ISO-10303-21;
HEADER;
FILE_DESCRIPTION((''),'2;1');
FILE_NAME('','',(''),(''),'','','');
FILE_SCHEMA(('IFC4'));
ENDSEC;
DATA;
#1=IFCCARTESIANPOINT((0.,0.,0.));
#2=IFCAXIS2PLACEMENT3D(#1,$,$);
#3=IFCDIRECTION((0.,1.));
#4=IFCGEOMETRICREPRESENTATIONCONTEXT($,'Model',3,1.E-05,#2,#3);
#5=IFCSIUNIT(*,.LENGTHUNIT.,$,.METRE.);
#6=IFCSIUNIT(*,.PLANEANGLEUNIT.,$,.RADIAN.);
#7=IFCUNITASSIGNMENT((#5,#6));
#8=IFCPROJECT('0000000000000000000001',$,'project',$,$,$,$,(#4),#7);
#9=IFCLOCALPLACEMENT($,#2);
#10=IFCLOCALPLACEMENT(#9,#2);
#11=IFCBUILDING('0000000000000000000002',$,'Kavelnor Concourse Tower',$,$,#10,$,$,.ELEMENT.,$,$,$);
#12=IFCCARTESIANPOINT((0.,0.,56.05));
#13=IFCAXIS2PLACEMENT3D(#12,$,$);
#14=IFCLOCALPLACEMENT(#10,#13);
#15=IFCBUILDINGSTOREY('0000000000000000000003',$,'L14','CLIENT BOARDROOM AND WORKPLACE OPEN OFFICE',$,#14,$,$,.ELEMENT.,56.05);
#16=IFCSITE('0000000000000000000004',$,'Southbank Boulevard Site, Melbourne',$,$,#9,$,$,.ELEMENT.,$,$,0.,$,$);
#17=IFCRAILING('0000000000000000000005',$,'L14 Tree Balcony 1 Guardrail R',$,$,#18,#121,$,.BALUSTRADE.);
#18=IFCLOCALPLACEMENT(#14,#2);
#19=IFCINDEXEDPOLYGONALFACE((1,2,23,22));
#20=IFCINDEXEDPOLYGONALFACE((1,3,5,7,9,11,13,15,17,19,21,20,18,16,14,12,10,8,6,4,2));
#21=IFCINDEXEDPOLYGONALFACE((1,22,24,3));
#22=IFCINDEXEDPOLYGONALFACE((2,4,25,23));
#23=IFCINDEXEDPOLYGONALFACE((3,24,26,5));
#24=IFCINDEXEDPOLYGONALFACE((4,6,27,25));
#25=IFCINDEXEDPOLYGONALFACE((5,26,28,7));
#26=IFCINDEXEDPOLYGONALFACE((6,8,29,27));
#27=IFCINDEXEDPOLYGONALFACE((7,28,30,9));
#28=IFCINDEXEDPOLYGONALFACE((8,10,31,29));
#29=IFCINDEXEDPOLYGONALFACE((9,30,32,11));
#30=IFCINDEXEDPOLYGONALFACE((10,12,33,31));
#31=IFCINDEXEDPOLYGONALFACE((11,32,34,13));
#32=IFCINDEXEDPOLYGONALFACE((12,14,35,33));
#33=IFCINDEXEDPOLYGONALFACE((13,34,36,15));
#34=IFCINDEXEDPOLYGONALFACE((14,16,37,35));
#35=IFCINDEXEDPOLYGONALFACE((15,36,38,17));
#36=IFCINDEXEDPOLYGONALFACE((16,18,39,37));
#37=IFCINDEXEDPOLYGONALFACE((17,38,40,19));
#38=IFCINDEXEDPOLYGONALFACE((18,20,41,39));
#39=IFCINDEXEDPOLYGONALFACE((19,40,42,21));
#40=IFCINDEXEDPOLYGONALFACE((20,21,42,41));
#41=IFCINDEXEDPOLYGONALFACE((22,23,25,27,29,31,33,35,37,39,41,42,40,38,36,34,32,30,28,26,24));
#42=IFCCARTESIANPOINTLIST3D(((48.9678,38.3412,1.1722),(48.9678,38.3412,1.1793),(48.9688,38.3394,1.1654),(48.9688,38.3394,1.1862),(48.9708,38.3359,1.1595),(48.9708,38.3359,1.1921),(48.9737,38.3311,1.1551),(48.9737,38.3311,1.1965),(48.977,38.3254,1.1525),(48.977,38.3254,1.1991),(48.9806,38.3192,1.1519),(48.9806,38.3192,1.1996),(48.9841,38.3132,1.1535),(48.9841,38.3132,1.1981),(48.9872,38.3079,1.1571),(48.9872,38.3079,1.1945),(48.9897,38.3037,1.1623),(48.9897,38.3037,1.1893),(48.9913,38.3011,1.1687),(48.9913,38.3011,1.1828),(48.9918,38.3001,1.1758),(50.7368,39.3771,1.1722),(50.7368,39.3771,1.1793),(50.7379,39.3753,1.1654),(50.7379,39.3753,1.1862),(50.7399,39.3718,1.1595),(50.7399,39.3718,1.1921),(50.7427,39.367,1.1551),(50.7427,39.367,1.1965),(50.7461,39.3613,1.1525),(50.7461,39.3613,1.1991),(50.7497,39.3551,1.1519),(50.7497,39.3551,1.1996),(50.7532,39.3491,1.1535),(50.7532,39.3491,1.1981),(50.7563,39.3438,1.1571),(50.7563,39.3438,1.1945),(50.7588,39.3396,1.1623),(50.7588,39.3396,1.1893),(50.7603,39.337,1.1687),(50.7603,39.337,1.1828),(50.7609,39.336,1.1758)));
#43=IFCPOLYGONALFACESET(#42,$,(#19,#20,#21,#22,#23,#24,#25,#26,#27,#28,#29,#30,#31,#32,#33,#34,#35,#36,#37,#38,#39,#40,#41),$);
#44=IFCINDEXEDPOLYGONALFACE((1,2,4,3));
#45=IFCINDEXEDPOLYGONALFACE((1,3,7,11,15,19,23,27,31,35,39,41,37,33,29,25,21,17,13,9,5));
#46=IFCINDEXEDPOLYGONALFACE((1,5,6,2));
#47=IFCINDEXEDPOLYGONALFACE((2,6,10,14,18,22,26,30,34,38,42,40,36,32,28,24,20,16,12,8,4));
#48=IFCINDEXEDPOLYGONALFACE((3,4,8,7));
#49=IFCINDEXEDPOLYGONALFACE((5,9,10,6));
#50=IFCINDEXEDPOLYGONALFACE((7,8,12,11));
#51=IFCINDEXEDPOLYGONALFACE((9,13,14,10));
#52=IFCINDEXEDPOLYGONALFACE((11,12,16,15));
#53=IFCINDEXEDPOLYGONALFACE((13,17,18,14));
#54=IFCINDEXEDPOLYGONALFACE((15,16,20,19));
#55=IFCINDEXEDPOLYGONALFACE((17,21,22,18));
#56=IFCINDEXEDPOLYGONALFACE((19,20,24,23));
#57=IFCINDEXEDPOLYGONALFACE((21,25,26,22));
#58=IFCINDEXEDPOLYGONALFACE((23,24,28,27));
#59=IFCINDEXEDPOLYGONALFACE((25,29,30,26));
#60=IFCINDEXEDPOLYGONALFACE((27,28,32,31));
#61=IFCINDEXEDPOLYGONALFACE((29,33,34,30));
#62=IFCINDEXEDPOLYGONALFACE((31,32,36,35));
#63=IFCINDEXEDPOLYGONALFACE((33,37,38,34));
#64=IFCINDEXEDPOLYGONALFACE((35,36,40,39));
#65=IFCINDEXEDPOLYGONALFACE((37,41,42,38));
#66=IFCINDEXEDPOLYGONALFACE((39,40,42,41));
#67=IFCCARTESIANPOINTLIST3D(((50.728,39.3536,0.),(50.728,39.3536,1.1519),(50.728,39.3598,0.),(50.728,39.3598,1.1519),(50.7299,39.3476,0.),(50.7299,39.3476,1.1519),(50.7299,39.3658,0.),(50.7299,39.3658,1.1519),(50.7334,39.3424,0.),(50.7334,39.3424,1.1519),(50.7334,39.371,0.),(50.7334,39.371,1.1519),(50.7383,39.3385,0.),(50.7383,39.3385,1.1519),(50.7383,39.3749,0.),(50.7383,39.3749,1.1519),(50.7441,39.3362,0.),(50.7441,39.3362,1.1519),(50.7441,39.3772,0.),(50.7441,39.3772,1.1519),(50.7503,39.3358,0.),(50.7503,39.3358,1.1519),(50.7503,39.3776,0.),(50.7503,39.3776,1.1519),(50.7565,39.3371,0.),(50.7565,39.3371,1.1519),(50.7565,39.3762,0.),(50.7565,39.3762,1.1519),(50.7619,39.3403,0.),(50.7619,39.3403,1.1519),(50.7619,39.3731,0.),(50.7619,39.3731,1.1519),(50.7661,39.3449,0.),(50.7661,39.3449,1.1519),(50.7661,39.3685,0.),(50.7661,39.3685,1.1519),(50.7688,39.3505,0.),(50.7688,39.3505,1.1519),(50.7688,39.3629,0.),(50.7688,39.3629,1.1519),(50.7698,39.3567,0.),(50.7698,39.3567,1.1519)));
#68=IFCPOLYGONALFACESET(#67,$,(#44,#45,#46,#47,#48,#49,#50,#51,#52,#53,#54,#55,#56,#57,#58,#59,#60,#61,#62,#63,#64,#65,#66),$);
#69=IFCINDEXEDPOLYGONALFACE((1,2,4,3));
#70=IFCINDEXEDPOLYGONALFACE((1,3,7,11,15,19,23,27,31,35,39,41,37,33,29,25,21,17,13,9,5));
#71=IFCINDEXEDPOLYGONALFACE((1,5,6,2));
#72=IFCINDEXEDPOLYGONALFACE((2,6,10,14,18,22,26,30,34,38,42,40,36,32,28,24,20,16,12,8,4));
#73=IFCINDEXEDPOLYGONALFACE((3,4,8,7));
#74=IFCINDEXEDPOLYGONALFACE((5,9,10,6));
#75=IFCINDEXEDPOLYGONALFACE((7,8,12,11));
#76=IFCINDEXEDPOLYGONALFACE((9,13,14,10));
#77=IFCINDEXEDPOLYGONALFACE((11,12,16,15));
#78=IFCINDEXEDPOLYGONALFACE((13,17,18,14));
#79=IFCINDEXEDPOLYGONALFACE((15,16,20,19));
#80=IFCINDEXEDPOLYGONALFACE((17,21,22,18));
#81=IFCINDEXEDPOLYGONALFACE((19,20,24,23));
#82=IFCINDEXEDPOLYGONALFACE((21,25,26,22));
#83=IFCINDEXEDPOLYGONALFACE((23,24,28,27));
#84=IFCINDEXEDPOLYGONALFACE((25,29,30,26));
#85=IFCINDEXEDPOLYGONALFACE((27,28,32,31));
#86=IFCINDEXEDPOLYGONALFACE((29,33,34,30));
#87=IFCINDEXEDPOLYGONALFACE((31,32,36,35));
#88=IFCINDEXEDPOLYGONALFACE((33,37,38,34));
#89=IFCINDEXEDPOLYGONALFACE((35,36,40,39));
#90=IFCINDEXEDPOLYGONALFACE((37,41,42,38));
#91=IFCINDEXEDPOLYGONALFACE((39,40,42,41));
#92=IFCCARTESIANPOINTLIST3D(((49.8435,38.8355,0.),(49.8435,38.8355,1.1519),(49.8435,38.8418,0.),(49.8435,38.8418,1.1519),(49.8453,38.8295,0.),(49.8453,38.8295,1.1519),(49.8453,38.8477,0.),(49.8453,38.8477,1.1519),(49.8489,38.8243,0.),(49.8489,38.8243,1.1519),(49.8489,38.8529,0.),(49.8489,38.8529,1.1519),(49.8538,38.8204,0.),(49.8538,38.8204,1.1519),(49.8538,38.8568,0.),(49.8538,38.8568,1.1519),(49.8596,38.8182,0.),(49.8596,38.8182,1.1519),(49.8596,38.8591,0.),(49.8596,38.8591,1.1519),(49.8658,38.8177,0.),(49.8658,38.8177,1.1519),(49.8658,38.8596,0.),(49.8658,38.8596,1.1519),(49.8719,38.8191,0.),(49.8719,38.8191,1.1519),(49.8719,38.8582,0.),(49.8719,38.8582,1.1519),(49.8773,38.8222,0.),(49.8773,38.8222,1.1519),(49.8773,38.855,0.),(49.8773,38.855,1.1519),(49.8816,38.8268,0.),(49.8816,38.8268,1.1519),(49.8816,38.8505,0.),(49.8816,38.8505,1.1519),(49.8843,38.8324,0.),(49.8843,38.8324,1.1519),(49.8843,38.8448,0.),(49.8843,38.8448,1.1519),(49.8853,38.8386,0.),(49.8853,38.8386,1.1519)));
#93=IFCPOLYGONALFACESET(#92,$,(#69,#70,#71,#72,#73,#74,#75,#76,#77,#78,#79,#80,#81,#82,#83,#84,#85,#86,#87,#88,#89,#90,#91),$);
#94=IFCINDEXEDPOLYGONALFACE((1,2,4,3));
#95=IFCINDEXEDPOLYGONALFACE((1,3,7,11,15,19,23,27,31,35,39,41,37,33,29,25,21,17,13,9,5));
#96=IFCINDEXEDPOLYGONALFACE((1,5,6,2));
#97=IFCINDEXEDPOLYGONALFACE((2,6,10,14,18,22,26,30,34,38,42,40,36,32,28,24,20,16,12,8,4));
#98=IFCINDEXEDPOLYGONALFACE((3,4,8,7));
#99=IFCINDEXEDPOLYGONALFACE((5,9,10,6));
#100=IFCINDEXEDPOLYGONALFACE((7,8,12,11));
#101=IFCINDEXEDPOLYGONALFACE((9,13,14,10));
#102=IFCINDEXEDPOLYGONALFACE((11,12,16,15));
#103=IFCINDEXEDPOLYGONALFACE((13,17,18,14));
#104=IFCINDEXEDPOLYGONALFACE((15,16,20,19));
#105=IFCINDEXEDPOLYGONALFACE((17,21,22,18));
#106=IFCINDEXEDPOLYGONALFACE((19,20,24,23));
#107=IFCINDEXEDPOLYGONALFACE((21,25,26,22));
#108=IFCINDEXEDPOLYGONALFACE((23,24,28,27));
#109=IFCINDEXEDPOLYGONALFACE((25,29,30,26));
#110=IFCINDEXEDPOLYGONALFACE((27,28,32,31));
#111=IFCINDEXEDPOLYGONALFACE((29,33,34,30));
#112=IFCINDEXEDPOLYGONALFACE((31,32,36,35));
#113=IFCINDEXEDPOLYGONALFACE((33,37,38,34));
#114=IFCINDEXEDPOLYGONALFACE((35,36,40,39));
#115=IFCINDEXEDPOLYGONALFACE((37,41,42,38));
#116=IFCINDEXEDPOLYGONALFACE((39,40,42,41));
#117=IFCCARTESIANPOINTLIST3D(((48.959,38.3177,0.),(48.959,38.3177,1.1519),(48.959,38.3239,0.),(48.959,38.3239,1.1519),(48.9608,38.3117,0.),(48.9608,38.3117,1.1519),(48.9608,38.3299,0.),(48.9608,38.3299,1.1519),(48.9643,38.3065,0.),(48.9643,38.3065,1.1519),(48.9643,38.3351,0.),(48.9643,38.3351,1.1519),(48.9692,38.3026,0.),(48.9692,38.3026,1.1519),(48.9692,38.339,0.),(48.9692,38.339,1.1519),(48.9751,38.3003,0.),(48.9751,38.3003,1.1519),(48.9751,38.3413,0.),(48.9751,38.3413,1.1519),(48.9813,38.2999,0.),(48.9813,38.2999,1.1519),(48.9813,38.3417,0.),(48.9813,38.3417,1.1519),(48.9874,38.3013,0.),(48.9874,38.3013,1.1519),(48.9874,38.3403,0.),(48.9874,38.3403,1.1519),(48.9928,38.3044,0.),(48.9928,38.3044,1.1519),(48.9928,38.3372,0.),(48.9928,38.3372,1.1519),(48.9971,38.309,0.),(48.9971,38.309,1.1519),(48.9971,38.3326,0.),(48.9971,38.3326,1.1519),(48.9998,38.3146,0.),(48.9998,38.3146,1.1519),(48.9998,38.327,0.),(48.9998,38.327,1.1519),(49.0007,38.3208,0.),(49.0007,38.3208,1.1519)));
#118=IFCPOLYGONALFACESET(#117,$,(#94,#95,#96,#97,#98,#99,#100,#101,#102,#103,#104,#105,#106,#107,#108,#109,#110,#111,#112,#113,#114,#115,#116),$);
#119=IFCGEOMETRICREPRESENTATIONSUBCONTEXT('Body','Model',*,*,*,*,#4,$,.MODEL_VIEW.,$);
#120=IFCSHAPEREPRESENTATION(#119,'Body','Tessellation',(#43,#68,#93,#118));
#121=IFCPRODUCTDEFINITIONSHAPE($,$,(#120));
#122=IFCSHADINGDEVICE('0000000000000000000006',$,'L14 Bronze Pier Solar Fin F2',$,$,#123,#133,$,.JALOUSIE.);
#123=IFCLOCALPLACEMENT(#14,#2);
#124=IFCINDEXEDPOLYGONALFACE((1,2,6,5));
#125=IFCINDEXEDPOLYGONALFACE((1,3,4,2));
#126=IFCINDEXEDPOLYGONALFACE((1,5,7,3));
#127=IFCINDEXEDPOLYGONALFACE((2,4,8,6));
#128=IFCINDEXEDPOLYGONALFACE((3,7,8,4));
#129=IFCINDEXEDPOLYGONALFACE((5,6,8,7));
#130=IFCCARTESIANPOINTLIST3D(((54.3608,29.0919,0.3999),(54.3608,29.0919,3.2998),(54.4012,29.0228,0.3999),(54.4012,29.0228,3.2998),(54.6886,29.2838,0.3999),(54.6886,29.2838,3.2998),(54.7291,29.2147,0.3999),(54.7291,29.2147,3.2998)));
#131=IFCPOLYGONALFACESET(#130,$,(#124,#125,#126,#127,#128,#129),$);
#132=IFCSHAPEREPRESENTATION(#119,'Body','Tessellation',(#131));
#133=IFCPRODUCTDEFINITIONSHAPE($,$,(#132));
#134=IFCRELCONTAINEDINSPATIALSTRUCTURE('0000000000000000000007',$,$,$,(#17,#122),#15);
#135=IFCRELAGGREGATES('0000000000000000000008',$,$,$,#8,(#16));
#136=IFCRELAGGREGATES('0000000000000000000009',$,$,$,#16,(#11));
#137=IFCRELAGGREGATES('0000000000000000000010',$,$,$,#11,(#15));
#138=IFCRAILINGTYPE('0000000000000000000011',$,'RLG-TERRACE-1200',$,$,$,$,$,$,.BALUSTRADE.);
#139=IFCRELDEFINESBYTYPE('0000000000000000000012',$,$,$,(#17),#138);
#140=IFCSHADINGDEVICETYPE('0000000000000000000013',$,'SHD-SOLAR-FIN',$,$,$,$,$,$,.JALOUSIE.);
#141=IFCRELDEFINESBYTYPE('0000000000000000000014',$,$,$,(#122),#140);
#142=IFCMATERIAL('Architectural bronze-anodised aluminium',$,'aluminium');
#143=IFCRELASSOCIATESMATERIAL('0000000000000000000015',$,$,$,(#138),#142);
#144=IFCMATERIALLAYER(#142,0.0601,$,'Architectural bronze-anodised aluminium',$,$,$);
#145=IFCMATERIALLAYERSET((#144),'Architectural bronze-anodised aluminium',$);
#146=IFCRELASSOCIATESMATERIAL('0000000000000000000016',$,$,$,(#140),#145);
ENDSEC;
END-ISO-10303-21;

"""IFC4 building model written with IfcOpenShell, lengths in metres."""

from ifc_helpers import new_model, si_unit, direction, frame, origin, origin_2d, place, context, subcontext, project, spatial, rectangle, circle, extrude, material, layer, layer_set, type_object, element, save


model = new_model("IFC4")

# Units and contexts
model_context = context("Model", 3, precision=1e-05, world=origin(), true_north=direction((0.0, 1.0)))
body_context = subcontext(model_context, "Body", "Model", "MODEL_VIEW")
ifc_project = project(units=[si_unit("LENGTHUNIT", "METRE"), si_unit("PLANEANGLEUNIT", "RADIAN")], contexts=[model_context])

# Site, building, storey
site_placement = place(None, origin())
site = spatial("IfcSite", under=ifc_project, at=site_placement, Name="Southbank Boulevard Site, Melbourne", CompositionType="ELEMENT", RefElevation=0.0)
building_placement = place(site_placement, origin())
building = spatial("IfcBuilding", under=site, at=building_placement, Name="Kavelnor Concourse Tower", CompositionType="ELEMENT")
storey_placement = place(building_placement, frame((0.0, 0.0, 56.05)))
storey = spatial("IfcBuildingStorey", under=building, at=storey_placement, Name="L14", Description="CLIENT BOARDROOM AND WORKPLACE OPEN OFFICE", CompositionType="ELEMENT", Elevation=56.05)

# Railing
ifc_material_1 = material(Name="Architectural bronze-anodised aluminium", Category="aluminium")
railing_type = type_object("IfcRailingType", Name="RLG-TERRACE-1200", PredefinedType="BALUSTRADE", material=ifc_material_1)
railing_1_placement = place(storey_placement, frame((50.7488, 39.3567, 0.0)))
element("IfcRailing", 1, at=railing_1_placement, inside=storey, type_object=railing_type, Name="L14 Tree Balcony 1 Guardrail R", PredefinedType="BALUSTRADE", context=body_context, shape_type="SweptSolid", body=[
    extrude(circle(Radius=0.0239, at=origin_2d()), frame((0.0, 0.0, 1.1758), z_axis=(-0.86294, -0.505307, 0.0), x_axis=(0.505307, -0.86294, 0.0)), (0.0, 0.0, 1.0), 2.05),
    extrude(circle(Radius=0.021, at=origin_2d()), origin(), (0.0, 0.0, 1.0), 1.1519),
    extrude(circle(Radius=0.021, at=origin_2d()), frame((-0.8845, -0.5181, 0.0)), (0.0, 0.0, 1.0), 1.1519),
    extrude(circle(Radius=0.021, at=origin_2d()), frame((-1.769, -1.0359, 0.0)), (0.0, 0.0, 1.0), 1.1519),
])

# Shading device
ifc_layer_1 = layer(ifc_material_1, 0.0601, Name="Architectural bronze-anodised aluminium")
ifc_layer_set_1 = layer_set([ifc_layer_1], Name="Architectural bronze-anodised aluminium")
shading_device_type = type_object("IfcShadingDeviceType", Name="SHD-SOLAR-FIN", PredefinedType="JALOUSIE", material=ifc_layer_set_1)
shading_device_placement = place(storey_placement, frame((54.5449, 29.1533, 0.3999), z_axis=(0.0, 0.0, 1.0), x_axis=(0.862955, 0.505281, 0.0)))
element("IfcShadingDevice", 2, at=shading_device_placement, inside=storey, type_object=shading_device_type, Name="L14 Bronze Pier Solar Fin F2", PredefinedType="JALOUSIE", context=body_context, shape_type="SweptSolid", body=[
    extrude(rectangle(XDim=0.3799, YDim=0.0801, at=origin_2d()), origin(), (0.0, 0.0, 1.0), 2.8999),
])

save(model, "model.ifc")
